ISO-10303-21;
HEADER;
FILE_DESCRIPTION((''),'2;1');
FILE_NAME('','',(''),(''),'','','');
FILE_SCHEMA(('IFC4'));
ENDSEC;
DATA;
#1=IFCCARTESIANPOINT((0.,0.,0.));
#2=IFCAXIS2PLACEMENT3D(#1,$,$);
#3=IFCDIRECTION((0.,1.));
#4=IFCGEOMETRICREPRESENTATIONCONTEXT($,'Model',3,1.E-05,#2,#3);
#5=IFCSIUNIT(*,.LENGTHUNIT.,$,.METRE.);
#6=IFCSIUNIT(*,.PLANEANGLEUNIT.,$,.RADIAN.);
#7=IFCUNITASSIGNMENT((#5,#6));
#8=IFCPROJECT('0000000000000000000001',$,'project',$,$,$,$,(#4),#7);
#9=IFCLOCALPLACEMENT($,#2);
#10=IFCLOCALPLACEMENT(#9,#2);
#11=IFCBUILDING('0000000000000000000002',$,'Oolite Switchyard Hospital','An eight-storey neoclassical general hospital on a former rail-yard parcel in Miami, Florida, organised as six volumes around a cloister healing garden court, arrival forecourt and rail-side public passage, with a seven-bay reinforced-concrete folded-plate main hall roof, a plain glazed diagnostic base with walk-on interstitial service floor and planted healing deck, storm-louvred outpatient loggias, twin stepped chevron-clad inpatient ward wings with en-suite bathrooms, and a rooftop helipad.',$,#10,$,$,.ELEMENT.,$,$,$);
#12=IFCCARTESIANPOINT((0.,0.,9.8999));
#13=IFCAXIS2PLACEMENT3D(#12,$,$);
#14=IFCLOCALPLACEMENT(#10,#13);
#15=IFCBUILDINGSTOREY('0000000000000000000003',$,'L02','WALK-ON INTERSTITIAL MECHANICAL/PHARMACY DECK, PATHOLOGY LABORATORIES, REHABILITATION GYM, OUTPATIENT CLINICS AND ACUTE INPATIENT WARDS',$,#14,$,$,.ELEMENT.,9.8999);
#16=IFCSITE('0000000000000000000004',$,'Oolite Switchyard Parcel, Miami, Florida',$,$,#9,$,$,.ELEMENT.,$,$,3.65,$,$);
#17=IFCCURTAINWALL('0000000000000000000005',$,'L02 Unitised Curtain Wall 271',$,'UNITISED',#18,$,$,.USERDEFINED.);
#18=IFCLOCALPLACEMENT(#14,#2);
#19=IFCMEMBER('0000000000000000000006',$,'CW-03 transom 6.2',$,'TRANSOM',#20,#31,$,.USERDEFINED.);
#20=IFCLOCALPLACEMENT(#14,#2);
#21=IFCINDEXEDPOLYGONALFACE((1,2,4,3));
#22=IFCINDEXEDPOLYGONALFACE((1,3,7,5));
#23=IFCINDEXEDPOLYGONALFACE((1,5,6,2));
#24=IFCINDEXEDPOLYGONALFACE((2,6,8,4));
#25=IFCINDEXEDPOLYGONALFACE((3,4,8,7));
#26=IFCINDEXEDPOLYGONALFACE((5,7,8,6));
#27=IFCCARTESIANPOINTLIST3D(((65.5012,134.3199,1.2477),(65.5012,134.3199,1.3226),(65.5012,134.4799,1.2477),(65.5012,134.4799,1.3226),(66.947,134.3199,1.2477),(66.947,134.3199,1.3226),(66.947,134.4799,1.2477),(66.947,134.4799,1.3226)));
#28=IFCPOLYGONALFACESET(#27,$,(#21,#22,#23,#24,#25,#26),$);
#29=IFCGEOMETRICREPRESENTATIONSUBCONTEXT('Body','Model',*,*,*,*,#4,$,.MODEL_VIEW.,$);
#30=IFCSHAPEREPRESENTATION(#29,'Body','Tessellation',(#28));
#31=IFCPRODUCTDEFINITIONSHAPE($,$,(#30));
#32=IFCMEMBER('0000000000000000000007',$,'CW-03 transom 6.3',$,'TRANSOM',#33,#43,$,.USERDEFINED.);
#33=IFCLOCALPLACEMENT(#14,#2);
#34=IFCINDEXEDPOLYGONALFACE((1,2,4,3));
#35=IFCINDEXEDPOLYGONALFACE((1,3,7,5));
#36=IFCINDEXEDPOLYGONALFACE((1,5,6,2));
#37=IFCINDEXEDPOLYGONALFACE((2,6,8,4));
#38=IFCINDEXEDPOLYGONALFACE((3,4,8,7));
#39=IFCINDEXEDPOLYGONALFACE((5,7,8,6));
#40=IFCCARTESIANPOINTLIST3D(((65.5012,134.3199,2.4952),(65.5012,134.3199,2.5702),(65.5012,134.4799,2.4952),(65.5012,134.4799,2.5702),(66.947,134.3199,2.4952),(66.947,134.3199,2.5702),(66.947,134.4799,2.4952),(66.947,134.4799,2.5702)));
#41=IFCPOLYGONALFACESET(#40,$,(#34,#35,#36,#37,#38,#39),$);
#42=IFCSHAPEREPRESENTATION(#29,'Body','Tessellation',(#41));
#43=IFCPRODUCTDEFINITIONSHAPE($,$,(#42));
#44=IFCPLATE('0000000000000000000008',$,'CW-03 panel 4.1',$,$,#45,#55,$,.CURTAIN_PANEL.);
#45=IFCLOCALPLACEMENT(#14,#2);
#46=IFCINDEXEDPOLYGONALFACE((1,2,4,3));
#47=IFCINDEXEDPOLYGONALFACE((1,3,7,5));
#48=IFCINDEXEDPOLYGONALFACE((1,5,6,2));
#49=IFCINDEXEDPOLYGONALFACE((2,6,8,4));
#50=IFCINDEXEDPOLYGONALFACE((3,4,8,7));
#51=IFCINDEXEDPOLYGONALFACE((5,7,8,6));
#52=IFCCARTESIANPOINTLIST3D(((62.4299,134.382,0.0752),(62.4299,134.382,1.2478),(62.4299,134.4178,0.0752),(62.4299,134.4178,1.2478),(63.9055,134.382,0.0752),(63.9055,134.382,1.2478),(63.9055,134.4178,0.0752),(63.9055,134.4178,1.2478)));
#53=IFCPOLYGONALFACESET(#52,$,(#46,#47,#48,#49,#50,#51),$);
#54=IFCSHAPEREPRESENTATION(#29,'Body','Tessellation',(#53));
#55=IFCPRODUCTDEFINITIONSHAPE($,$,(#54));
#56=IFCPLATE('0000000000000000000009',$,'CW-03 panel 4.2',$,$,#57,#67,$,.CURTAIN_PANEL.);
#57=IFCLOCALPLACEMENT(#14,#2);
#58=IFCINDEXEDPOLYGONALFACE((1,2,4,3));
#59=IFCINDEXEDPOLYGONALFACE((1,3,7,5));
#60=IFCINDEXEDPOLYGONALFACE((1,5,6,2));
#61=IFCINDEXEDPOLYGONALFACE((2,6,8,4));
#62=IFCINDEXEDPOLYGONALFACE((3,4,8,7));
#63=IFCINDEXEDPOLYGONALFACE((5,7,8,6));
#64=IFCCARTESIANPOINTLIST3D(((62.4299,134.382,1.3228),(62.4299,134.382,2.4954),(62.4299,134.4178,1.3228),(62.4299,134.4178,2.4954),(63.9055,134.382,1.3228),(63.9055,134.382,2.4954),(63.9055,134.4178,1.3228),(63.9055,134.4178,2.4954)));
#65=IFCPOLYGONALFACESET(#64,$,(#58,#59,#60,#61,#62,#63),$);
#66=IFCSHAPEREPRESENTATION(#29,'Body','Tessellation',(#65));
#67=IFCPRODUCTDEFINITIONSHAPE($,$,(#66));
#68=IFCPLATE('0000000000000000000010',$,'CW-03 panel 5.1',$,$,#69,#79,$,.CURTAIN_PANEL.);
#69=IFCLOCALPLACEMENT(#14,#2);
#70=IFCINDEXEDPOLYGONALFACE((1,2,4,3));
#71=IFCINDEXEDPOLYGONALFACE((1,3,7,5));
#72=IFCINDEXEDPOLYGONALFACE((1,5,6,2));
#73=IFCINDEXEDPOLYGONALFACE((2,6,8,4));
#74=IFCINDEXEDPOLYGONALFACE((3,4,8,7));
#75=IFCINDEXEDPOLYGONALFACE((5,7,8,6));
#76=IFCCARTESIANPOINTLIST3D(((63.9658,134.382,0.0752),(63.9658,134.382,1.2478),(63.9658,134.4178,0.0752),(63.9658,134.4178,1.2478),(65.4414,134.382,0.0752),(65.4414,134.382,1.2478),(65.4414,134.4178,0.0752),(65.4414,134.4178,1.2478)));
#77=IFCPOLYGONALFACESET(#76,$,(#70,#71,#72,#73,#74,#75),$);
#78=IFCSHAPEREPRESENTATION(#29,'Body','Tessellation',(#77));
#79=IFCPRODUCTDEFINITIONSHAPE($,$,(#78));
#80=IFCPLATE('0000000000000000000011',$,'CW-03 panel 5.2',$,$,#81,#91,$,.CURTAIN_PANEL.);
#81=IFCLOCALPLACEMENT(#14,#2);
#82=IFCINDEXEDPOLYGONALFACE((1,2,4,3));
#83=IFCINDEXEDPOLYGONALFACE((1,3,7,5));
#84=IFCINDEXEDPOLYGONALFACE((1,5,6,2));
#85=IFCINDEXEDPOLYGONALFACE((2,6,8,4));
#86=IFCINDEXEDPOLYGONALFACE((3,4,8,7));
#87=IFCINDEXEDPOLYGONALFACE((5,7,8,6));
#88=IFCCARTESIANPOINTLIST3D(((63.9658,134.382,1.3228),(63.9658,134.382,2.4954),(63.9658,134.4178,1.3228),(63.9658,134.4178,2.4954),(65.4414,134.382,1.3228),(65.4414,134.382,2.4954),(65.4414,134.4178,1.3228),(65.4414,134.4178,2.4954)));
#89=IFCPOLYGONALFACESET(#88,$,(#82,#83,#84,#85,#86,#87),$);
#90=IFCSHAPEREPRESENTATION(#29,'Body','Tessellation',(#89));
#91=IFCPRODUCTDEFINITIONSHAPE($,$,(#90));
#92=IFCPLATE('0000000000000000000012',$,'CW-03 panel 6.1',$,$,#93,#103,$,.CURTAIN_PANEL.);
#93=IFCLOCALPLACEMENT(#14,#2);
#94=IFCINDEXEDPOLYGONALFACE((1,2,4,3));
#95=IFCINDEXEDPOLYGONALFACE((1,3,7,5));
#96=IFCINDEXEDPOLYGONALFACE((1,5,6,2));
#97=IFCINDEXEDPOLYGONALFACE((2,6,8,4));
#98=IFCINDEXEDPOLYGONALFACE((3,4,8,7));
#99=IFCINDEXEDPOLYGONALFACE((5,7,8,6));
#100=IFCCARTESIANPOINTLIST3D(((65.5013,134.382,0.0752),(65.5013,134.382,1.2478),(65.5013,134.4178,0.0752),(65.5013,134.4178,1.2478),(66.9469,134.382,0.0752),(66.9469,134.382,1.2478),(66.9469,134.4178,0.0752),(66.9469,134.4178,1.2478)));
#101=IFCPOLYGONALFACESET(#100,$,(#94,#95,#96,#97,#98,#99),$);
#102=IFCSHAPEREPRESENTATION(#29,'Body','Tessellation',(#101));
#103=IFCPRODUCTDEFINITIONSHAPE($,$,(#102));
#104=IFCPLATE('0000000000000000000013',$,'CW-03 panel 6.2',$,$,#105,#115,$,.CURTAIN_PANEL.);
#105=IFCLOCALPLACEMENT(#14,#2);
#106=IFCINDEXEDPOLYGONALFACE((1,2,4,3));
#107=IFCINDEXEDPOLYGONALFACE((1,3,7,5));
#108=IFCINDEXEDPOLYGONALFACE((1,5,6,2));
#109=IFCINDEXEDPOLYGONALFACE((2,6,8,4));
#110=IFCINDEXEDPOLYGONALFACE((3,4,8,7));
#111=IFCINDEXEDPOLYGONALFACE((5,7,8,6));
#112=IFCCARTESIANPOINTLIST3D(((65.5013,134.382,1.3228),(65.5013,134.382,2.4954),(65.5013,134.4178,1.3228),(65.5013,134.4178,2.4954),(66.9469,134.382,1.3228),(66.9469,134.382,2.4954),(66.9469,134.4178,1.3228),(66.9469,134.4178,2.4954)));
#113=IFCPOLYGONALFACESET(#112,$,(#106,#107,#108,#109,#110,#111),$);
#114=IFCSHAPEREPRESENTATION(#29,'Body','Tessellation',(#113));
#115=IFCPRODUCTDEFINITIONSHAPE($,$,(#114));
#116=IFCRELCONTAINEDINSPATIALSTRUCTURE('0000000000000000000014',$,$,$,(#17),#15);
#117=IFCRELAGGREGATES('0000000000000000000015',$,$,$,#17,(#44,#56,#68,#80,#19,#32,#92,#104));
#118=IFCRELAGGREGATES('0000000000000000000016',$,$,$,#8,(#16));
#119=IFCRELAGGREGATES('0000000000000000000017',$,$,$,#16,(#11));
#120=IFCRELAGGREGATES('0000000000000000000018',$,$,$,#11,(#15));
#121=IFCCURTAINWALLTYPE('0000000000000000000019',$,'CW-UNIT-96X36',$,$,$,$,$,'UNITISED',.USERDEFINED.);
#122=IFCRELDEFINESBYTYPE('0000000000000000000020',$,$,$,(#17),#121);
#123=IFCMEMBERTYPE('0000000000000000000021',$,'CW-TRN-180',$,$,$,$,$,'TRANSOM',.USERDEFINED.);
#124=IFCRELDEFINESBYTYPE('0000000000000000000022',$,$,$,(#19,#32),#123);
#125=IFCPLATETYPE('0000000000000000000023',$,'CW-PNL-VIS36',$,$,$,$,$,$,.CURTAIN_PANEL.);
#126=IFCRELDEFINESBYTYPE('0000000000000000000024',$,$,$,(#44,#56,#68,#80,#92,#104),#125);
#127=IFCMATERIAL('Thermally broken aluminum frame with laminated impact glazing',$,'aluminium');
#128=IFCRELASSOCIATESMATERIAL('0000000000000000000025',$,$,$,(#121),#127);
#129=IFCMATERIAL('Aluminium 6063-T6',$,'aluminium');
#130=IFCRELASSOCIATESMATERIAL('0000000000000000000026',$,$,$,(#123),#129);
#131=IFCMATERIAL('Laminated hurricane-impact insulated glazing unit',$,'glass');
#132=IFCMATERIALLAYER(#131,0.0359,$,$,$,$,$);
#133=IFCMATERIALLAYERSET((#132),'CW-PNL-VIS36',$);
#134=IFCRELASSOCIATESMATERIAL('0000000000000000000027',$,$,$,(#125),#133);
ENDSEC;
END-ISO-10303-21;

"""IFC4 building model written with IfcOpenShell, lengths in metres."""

from ifc_helpers import new_model, si_unit, direction, frame, origin, origin_2d, place, context, subcontext, project, spatial, rectangle, extrude, material, layer, layer_set, material_profile, profile_set, type_object, element, aggregate, save


model = new_model("IFC4")

# Units and contexts
model_context = context("Model", 3, precision=1e-05, world=origin(), true_north=direction((0.0, 1.0)))
body_context = subcontext(model_context, "Body", "Model", "MODEL_VIEW")
ifc_project = project(units=[si_unit("LENGTHUNIT", "METRE"), si_unit("PLANEANGLEUNIT", "RADIAN")], contexts=[model_context])

# Site, building, storey
site_placement = place(None, origin())
site = spatial("IfcSite", under=ifc_project, at=site_placement, Name="Oolite Switchyard Parcel, Miami, Florida", CompositionType="ELEMENT", RefElevation=3.65)
building_placement = place(site_placement, origin())
building = spatial("IfcBuilding", under=site, at=building_placement, Name="Oolite Switchyard Hospital", Description="An eight-storey neoclassical general hospital on a former rail-yard parcel in Miami, Florida, organised as six volumes around a cloister healing garden court, arrival forecourt and rail-side public passage, with a seven-bay reinforced-concrete folded-plate main hall roof, a plain glazed diagnostic base with walk-on interstitial service floor and planted healing deck, storm-louvred outpatient loggias, twin stepped chevron-clad inpatient ward wings with en-suite bathrooms, and a rooftop helipad.", CompositionType="ELEMENT")
storey_placement = place(building_placement, frame((0.0, 0.0, 9.8999)))
storey = spatial("IfcBuildingStorey", under=building, at=storey_placement, Name="L02", Description="WALK-ON INTERSTITIAL MECHANICAL/PHARMACY DECK, PATHOLOGY LABORATORIES, REHABILITATION GYM, OUTPATIENT CLINICS AND ACUTE INPATIENT WARDS", CompositionType="ELEMENT", Elevation=9.8999)

# Curtain wall
ifc_material_1 = material(Name="Thermally broken aluminum frame with laminated impact glazing", Category="aluminium")
curtain_wall_type = type_object("IfcCurtainWallType", Name="CW-UNIT-96X36", ElementType="UNITISED", PredefinedType="USERDEFINED", material=ifc_material_1)
curtain_wall_1_placement = place(storey_placement, origin())
curtain_wall_1 = element("IfcCurtainWall", 1, at=curtain_wall_1_placement, inside=storey, type_object=curtain_wall_type, Name="L02 Unitised Curtain Wall 271", ObjectType="UNITISED", PredefinedType="USERDEFINED")
ifc_material_2 = material(Name="Aluminium 6063-T6", Category="aluminium")

# Members
ifc_material_profile_1 = material_profile(ifc_material_2, rectangle(XDim=0.1599, YDim=0.075, at=origin_2d()), Name="CWT75X160")
ifc_profile_set_1 = profile_set([ifc_material_profile_1], Name="Aluminium 6063-T6")
member_type_1 = type_object("IfcMemberType", Name="CW-TRN-180", ElementType="TRANSOM", PredefinedType="USERDEFINED", material=ifc_profile_set_1)
member_1_placement = place(storey_placement, frame((65.5012, 134.3999, 1.2852), z_axis=(1.0, 0.0, 0.0), x_axis=(0.0, 1.0, 0.0)))
member_1 = element("IfcMember", 2, at=member_1_placement, type_object=member_type_1, Name="CW-03 transom 6.2", ObjectType="TRANSOM", PredefinedType="USERDEFINED", context=body_context, shape_type="SweptSolid", body=[
    extrude(rectangle(XDim=0.1599, YDim=0.075, at=origin_2d()), origin(), (0.0, 0.0, 1.0), 1.4458),
])
member_2_placement = place(storey_placement, frame((65.5012, 134.3999, 2.5327), z_axis=(1.0, 0.0, 0.0), x_axis=(0.0, 1.0, 0.0)))
member_2 = element("IfcMember", 3, at=member_2_placement, type_object=member_type_1, Name="CW-03 transom 6.3", ObjectType="TRANSOM", PredefinedType="USERDEFINED", context=body_context, shape_type="SweptSolid", body=[
    extrude(rectangle(XDim=0.1599, YDim=0.075, at=origin_2d()), origin(), (0.0, 0.0, 1.0), 1.4458),
])

# Plates
ifc_material_3 = material(Name="Laminated hurricane-impact insulated glazing unit", Category="glass")
ifc_layer = layer(ifc_material_3, 0.0359)
ifc_layer_set = layer_set([ifc_layer], Name="CW-PNL-VIS36")
plate_type = type_object("IfcPlateType", Name="CW-PNL-VIS36", PredefinedType="CURTAIN_PANEL", material=ifc_layer_set)
plate_1_placement = place(storey_placement, frame((63.1677, 134.3999, 0.0752), z_axis=(0.0, 0.0, 1.0), x_axis=(1.0, 0.0, 0.0)))
plate_1 = element("IfcPlate", 4, at=plate_1_placement, type_object=plate_type, Name="CW-03 panel 4.1", PredefinedType="CURTAIN_PANEL", context=body_context, shape_type="SweptSolid", body=[
    extrude(rectangle(XDim=1.4756, YDim=0.0359, at=origin_2d()), origin(), (0.0, 0.0, 1.0), 1.1726),
])
plate_2_placement = place(storey_placement, frame((63.1677, 134.3999, 1.3228), z_axis=(0.0, 0.0, 1.0), x_axis=(1.0, 0.0, 0.0)))
plate_2 = element("IfcPlate", 5, at=plate_2_placement, type_object=plate_type, Name="CW-03 panel 4.2", PredefinedType="CURTAIN_PANEL", context=body_context, shape_type="SweptSolid", body=[
    extrude(rectangle(XDim=1.4756, YDim=0.0359, at=origin_2d()), origin(), (0.0, 0.0, 1.0), 1.1726),
])
plate_3_placement = place(storey_placement, frame((64.7036, 134.3999, 0.0752), z_axis=(0.0, 0.0, 1.0), x_axis=(1.0, 0.0, 0.0)))
plate_3 = element("IfcPlate", 6, at=plate_3_placement, type_object=plate_type, Name="CW-03 panel 5.1", PredefinedType="CURTAIN_PANEL", context=body_context, shape_type="SweptSolid", body=[
    extrude(rectangle(XDim=1.4756, YDim=0.0359, at=origin_2d()), origin(), (0.0, 0.0, 1.0), 1.1726),
])
plate_4_placement = place(storey_placement, frame((64.7036, 134.3999, 1.3228), z_axis=(0.0, 0.0, 1.0), x_axis=(1.0, 0.0, 0.0)))
plate_4 = element("IfcPlate", 7, at=plate_4_placement, type_object=plate_type, Name="CW-03 panel 5.2", PredefinedType="CURTAIN_PANEL", context=body_context, shape_type="SweptSolid", body=[
    extrude(rectangle(XDim=1.4756, YDim=0.0359, at=origin_2d()), origin(), (0.0, 0.0, 1.0), 1.1726),
])
plate_5_placement = place(storey_placement, frame((66.2241, 134.3999, 0.0752), z_axis=(0.0, 0.0, 1.0), x_axis=(1.0, 0.0, 0.0)))
plate_5 = element("IfcPlate", 8, at=plate_5_placement, type_object=plate_type, Name="CW-03 panel 6.1", PredefinedType="CURTAIN_PANEL", context=body_context, shape_type="SweptSolid", body=[
    extrude(rectangle(XDim=1.4456, YDim=0.0359, at=origin_2d()), origin(), (0.0, 0.0, 1.0), 1.1726),
])
plate_6_placement = place(storey_placement, frame((66.2241, 134.3999, 1.3228), z_axis=(0.0, 0.0, 1.0), x_axis=(1.0, 0.0, 0.0)))
plate_6 = element("IfcPlate", 9, at=plate_6_placement, type_object=plate_type, Name="CW-03 panel 6.2", PredefinedType="CURTAIN_PANEL", context=body_context, shape_type="SweptSolid", body=[
    extrude(rectangle(XDim=1.4456, YDim=0.0359, at=origin_2d()), origin(), (0.0, 0.0, 1.0), 1.1726),
])
aggregate(curtain_wall_1, [plate_1, plate_2, plate_3, plate_4, member_1, member_2, plate_5, plate_6])

save(model, "model.ifc")
